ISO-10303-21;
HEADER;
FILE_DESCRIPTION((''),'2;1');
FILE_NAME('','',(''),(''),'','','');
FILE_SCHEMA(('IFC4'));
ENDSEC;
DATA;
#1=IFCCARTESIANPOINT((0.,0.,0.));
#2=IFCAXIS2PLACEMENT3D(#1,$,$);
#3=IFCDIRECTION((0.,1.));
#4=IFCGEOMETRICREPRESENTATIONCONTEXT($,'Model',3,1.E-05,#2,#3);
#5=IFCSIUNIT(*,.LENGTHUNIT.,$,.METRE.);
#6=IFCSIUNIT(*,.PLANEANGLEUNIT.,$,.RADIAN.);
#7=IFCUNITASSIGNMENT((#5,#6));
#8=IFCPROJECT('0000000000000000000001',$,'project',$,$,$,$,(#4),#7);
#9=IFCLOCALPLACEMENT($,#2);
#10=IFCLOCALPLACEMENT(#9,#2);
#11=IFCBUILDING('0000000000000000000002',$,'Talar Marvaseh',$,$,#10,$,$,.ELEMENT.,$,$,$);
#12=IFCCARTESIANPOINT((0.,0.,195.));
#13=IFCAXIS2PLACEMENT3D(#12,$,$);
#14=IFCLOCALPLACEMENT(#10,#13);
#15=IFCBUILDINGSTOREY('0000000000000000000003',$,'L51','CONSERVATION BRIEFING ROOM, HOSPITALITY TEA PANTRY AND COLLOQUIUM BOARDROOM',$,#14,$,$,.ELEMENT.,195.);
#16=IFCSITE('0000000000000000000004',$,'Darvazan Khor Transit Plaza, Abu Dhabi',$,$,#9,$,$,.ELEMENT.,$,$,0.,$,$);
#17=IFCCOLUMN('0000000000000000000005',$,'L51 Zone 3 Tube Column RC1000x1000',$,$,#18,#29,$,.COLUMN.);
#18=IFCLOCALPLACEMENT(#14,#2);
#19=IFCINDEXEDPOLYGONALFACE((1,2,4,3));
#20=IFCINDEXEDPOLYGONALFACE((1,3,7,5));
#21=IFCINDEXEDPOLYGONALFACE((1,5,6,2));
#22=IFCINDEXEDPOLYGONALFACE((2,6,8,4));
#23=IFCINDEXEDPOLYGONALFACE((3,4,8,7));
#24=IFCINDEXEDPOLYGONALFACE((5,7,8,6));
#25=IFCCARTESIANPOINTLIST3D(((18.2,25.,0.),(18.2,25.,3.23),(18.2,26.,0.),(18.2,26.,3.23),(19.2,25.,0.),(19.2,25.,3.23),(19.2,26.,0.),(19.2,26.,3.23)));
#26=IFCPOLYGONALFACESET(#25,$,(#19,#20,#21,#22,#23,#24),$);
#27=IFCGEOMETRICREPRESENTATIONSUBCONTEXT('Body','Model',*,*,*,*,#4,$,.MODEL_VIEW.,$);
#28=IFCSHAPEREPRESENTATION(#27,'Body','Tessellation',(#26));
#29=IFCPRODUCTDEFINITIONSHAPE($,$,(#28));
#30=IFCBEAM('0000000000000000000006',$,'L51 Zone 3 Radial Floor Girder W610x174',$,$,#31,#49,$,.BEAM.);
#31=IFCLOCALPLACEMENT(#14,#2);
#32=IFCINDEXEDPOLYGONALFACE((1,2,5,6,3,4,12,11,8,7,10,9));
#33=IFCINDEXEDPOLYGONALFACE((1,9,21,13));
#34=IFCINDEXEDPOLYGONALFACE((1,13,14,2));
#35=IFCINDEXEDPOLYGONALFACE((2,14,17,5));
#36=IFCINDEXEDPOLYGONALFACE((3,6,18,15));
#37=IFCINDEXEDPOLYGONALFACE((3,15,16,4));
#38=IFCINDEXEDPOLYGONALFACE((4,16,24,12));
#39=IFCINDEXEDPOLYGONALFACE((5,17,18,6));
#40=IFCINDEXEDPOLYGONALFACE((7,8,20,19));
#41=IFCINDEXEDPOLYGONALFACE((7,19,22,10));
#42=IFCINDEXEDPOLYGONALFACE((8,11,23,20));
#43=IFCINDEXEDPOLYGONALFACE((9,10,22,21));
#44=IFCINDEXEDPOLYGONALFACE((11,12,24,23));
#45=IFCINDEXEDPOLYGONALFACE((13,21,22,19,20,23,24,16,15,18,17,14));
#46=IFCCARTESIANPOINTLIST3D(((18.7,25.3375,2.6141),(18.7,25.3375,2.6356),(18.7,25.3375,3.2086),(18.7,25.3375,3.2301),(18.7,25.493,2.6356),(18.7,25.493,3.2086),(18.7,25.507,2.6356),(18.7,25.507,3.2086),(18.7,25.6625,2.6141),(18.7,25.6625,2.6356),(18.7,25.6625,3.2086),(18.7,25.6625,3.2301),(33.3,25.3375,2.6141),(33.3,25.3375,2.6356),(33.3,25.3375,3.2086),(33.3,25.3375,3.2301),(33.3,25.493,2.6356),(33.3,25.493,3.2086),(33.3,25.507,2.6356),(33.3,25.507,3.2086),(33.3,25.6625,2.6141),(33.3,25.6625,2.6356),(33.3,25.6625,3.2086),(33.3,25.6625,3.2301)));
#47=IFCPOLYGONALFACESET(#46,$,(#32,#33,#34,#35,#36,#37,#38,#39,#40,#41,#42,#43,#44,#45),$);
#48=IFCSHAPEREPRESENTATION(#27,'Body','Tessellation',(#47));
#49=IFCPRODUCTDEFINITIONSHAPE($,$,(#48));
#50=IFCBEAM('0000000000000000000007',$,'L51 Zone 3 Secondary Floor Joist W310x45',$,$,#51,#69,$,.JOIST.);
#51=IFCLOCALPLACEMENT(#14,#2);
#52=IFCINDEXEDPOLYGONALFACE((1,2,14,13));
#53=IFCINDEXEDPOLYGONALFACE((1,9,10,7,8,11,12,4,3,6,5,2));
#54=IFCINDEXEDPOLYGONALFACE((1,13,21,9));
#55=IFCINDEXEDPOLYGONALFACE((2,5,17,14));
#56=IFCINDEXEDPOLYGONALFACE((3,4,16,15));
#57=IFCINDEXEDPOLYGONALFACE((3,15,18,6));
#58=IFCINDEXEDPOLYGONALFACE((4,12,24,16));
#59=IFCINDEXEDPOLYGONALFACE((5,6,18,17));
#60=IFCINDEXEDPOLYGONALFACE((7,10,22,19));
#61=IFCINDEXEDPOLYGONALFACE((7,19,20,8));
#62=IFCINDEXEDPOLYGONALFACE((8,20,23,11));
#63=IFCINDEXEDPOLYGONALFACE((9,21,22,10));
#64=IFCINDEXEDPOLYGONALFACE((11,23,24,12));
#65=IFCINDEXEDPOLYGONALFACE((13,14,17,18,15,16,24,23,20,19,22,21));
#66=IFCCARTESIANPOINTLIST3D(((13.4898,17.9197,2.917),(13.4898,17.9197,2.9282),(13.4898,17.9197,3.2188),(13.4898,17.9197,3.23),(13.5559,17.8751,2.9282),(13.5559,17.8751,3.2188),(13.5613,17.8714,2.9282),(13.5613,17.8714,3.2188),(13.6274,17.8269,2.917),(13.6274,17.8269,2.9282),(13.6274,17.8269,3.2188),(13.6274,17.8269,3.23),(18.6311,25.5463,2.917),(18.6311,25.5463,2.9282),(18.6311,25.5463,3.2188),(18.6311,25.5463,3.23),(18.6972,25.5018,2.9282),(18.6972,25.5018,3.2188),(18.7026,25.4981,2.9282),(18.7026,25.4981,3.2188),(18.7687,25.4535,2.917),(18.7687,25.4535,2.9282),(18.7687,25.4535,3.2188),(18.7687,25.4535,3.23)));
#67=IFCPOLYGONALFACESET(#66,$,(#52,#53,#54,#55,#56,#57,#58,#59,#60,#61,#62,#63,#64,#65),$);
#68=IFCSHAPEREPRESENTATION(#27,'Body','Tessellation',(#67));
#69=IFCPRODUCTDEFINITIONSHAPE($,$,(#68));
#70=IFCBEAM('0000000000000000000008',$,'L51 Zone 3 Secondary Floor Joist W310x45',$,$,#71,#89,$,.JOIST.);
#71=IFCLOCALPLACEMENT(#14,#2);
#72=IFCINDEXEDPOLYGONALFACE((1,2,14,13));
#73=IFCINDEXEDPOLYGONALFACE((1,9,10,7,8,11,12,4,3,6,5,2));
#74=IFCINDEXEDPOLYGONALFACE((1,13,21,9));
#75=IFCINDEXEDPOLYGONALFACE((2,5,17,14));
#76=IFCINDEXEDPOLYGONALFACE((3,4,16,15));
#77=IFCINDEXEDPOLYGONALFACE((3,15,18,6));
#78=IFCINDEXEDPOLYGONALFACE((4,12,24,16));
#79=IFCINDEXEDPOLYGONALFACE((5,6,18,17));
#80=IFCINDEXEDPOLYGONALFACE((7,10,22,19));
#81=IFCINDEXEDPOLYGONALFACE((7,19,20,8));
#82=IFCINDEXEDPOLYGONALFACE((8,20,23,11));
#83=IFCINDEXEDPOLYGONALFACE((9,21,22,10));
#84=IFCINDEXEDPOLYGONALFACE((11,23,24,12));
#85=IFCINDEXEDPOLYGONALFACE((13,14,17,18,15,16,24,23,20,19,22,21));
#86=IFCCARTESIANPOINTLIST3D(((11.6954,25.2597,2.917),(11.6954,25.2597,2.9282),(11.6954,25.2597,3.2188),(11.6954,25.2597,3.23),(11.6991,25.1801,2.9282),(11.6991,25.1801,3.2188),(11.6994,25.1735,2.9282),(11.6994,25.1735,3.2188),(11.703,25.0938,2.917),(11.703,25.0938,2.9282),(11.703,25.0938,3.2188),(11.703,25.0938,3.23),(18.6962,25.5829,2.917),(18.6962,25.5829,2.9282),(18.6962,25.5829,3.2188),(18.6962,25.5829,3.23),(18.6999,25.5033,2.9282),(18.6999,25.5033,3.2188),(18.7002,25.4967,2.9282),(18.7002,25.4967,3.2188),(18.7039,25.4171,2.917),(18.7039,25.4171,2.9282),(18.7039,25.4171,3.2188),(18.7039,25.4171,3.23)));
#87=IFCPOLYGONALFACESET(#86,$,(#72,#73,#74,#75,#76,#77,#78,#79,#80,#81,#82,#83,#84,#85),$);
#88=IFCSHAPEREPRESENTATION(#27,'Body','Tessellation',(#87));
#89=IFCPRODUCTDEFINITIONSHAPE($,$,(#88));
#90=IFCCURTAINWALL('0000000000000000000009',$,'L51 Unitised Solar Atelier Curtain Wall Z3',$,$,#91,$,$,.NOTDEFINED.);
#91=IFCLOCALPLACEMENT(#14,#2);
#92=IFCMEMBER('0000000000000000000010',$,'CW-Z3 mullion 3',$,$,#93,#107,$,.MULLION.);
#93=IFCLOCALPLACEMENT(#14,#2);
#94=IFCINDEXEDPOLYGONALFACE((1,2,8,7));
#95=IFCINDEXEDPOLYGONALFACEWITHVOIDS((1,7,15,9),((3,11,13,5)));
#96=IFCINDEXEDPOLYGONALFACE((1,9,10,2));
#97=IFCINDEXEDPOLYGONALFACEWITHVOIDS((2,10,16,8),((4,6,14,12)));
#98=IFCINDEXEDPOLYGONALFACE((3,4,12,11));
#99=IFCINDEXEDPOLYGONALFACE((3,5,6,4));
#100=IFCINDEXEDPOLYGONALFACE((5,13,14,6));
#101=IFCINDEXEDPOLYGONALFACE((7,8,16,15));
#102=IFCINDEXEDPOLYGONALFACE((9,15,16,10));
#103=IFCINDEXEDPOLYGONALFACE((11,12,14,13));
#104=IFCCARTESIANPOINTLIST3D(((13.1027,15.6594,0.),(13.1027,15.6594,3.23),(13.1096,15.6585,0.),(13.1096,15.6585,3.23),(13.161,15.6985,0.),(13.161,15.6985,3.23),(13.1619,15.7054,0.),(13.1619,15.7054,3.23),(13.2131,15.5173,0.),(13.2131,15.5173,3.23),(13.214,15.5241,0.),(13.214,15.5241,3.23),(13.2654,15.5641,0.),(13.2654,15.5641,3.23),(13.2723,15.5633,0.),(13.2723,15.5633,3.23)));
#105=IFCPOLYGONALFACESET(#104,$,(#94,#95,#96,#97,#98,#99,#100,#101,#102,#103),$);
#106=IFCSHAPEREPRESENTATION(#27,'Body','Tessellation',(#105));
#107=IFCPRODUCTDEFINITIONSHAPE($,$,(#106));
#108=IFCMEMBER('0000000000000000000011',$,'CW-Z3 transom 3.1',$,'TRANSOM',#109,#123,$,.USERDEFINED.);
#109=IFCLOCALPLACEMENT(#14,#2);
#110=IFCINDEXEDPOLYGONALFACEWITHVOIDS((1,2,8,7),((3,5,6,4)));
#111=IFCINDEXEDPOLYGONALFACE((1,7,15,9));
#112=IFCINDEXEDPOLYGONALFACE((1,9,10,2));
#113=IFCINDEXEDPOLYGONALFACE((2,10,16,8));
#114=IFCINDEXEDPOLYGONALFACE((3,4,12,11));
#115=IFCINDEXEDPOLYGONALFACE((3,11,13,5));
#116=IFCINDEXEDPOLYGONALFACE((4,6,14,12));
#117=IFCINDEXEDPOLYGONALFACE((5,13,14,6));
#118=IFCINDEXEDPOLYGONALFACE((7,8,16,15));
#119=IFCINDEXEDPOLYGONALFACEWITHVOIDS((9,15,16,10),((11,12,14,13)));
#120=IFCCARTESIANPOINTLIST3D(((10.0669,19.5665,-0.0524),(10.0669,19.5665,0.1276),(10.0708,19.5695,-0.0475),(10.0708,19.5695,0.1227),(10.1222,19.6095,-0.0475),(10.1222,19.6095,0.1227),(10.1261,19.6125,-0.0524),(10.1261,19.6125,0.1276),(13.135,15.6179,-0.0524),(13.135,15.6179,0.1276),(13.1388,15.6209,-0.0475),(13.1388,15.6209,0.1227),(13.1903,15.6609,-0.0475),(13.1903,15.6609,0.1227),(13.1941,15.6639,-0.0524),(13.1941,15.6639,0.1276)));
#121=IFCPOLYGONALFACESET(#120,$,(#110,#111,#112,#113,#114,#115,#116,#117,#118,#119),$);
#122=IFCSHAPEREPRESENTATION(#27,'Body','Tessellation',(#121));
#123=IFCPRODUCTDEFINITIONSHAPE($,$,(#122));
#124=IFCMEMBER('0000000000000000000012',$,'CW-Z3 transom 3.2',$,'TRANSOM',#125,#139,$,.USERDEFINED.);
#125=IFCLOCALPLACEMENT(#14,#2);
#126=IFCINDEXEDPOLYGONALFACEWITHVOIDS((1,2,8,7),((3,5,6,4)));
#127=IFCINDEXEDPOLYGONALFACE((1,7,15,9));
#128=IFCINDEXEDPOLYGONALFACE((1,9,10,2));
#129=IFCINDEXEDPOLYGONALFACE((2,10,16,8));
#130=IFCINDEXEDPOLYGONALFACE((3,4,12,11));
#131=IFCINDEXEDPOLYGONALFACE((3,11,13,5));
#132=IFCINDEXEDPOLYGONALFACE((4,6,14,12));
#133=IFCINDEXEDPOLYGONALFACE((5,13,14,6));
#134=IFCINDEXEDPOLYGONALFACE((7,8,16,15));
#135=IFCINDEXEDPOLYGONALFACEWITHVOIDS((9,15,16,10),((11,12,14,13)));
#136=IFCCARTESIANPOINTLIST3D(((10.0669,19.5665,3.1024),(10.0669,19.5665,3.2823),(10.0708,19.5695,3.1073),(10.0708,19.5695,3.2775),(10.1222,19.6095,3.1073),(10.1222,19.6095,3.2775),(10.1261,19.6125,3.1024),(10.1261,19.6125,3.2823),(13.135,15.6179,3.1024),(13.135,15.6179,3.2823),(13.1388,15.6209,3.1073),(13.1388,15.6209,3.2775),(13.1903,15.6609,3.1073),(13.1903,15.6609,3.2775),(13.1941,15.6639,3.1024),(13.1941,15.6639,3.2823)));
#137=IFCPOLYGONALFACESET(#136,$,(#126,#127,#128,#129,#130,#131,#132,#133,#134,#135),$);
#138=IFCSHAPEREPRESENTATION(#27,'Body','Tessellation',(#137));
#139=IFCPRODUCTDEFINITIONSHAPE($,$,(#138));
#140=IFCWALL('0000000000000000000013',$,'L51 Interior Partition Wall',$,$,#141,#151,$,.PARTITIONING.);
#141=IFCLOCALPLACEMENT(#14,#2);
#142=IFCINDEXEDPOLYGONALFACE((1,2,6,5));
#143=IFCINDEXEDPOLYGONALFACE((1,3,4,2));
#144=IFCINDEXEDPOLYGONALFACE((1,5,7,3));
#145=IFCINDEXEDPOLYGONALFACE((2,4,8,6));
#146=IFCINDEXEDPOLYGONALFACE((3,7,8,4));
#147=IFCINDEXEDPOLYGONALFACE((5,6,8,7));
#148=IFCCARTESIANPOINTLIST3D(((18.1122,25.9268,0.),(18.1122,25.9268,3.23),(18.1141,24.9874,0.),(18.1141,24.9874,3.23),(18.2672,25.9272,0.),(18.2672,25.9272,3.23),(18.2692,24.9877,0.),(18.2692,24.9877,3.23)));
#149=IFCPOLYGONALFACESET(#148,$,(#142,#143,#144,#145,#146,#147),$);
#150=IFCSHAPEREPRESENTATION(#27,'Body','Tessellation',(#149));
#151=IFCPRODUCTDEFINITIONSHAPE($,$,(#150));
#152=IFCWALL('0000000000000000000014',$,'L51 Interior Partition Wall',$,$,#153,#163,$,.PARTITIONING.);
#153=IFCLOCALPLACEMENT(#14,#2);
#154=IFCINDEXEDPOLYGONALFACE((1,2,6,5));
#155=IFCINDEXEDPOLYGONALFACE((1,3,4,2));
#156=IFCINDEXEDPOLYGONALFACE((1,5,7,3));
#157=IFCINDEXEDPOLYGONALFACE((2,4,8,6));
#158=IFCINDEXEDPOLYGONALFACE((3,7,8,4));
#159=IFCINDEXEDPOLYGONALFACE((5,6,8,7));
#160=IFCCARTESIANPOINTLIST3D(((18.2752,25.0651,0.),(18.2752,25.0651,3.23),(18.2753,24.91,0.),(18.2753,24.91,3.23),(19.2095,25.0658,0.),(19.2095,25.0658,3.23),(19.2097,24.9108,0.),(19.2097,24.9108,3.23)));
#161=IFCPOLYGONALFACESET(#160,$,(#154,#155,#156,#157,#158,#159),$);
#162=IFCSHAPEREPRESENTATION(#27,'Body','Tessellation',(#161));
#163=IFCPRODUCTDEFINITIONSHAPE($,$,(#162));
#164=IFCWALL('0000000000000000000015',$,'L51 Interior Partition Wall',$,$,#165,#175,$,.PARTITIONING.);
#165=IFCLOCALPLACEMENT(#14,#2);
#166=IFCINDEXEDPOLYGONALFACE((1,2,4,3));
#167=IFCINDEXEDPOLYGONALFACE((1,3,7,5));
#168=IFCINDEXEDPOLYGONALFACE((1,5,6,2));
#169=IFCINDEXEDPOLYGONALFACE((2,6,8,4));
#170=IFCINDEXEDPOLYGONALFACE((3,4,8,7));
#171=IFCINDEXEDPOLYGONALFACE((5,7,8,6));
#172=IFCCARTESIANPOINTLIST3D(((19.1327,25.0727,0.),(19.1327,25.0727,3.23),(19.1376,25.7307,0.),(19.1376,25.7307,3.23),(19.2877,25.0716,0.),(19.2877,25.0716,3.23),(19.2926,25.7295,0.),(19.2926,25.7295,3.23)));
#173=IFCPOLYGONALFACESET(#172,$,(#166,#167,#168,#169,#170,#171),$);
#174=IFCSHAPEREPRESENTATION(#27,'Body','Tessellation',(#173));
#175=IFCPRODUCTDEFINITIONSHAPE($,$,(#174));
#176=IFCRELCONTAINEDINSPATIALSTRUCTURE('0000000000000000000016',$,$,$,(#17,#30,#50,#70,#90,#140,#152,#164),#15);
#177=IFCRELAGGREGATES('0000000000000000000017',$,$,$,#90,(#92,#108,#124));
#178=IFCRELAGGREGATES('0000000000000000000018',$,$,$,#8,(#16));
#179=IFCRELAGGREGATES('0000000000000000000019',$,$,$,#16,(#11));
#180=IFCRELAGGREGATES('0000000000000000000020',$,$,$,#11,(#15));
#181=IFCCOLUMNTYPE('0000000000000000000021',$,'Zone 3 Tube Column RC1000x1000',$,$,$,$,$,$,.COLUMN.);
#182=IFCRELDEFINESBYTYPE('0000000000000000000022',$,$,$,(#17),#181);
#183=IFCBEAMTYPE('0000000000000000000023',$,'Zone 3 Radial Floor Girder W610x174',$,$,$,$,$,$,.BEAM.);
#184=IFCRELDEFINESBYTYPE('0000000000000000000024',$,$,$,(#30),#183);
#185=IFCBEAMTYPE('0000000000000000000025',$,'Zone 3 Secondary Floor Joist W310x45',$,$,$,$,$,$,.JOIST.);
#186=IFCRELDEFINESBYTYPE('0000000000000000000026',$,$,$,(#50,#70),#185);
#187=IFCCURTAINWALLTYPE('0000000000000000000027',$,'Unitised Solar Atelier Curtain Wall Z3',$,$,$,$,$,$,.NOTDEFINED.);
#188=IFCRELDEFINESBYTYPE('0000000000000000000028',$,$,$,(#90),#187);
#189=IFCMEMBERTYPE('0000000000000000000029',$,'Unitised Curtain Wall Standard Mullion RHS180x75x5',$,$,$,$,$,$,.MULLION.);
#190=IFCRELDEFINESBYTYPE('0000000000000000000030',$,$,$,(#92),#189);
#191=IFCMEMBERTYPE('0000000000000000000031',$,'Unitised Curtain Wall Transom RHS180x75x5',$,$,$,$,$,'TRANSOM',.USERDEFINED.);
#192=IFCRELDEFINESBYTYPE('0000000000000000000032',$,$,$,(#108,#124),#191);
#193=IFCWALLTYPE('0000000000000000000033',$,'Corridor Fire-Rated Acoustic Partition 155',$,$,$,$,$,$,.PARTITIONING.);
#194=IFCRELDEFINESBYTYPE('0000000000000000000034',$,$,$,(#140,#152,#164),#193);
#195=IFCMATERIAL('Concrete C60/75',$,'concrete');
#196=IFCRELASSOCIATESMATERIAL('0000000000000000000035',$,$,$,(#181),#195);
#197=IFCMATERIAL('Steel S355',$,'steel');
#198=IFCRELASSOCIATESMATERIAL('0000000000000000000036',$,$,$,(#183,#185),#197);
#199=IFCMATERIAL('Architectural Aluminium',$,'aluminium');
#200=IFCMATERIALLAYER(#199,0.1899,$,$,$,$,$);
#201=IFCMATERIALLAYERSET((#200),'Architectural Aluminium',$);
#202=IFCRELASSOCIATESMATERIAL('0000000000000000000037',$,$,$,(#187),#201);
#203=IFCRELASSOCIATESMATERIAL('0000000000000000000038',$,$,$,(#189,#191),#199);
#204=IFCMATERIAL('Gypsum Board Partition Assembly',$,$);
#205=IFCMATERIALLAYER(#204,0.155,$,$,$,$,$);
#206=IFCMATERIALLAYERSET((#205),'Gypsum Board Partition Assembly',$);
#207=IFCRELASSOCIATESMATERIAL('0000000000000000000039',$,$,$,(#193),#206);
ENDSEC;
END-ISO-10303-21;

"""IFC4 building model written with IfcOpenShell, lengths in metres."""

from ifc_helpers import new_model, si_unit, direction, frame, frame_2d, origin, origin_2d, place, context, subcontext, project, spatial, rectangle, hollow_rectangle, i_section, extrude, source, transform, mapped, material, layer, layer_set, material_profile, profile_set, type_object, type_shapes, element, aggregate, save


model = new_model("IFC4")

# Units and contexts
model_context = context("Model", 3, precision=1e-05, world=origin(), true_north=direction((0.0, 1.0)))
body_context = subcontext(model_context, "Body", "Model", "MODEL_VIEW")
ifc_project = project(units=[si_unit("LENGTHUNIT", "METRE"), si_unit("PLANEANGLEUNIT", "RADIAN")], contexts=[model_context])

# Site, building, storey
site_placement = place(None, origin())
site = spatial("IfcSite", under=ifc_project, at=site_placement, Name="Darvazan Khor Transit Plaza, Abu Dhabi", CompositionType="ELEMENT", RefElevation=0.0)
building_placement = place(site_placement, origin())
building = spatial("IfcBuilding", under=site, at=building_placement, Name="Talar Marvaseh", CompositionType="ELEMENT")
storey_placement = place(building_placement, frame((0.0, 0.0, 195.0)))
storey = spatial("IfcBuildingStorey", under=building, at=storey_placement, Name="L51", Description="CONSERVATION BRIEFING ROOM, HOSPITALITY TEA PANTRY AND COLLOQUIUM BOARDROOM", CompositionType="ELEMENT", Elevation=195.0)

# Column
ifc_material_1 = material(Name="Concrete C60/75", Category="concrete")
ifc_material_profile_1 = material_profile(ifc_material_1, rectangle(XDim=1.0, YDim=1.0, at=origin_2d()), Name="RC1000x1000")
ifc_profile_set_1 = profile_set([ifc_material_profile_1], Name="Concrete C60/75")
column_type = type_object("IfcColumnType", Name="Zone 3 Tube Column RC1000x1000", PredefinedType="COLUMN", material=ifc_profile_set_1)
column_placement = place(storey_placement, frame((18.7, 25.5, 0.0), z_axis=(0.0, 0.0, 1.0), x_axis=(1.0, 0.0, 0.0)))
element("IfcColumn", 1, at=column_placement, inside=storey, type_object=column_type, Name="L51 Zone 3 Tube Column RC1000x1000", PredefinedType="COLUMN", context=body_context, shape_type="SweptSolid", body=[
    extrude(rectangle(XDim=1.0, YDim=1.0, at=origin_2d()), origin(), (0.0, 0.0, 1.0), 3.23),
])

# Beams
ifc_material_2 = material(Name="Steel S355", Category="steel")
ifc_material_profile_2 = material_profile(ifc_material_2, i_section(OverallWidth=0.325, OverallDepth=0.616, WebThickness=0.0139, FlangeThickness=0.0215, at=origin_2d()), Name="W610x174")
ifc_profile_set_2 = profile_set([ifc_material_profile_2], Name="Steel S355")
beam_type_1 = type_object("IfcBeamType", Name="Zone 3 Radial Floor Girder W610x174", PredefinedType="BEAM", material=ifc_profile_set_2)
beam_1_placement = place(storey_placement, frame((18.7, 25.5, 2.9221), z_axis=(1.0, 0.0, 0.0), x_axis=(0.0, 1.0, 0.0)))
element("IfcBeam", 2, at=beam_1_placement, inside=storey, type_object=beam_type_1, Name="L51 Zone 3 Radial Floor Girder W610x174", PredefinedType="BEAM", context=body_context, shape_type="SweptSolid", body=[
    extrude(i_section(OverallWidth=0.325, OverallDepth=0.616, WebThickness=0.0139, FlangeThickness=0.0215, at=origin_2d()), origin(), (0.0, 0.0, 1.0), 14.6001),
])
ifc_material_profile_3 = material_profile(ifc_material_2, i_section(OverallWidth=0.166, OverallDepth=0.313, WebThickness=0.0066, FlangeThickness=0.0112, at=origin_2d()), Name="W310x45")
ifc_profile_set_3 = profile_set([ifc_material_profile_3], Name="Steel S355")
beam_type_2 = type_object("IfcBeamType", Name="Zone 3 Secondary Floor Joist W310x45", PredefinedType="JOIST", material=ifc_profile_set_3)
beam_2_placement = place(storey_placement, frame((13.5586, 17.8733, 3.0735), z_axis=(0.558974, 0.829185, 0.0), x_axis=(-0.829185, 0.558974, 0.0)))
element("IfcBeam", 3, at=beam_2_placement, inside=storey, type_object=beam_type_2, Name="L51 Zone 3 Secondary Floor Joist W310x45", PredefinedType="JOIST", context=body_context, shape_type="SweptSolid", body=[
    extrude(i_section(OverallWidth=0.166, OverallDepth=0.313, WebThickness=0.0066, FlangeThickness=0.0112, at=origin_2d()), origin(), (0.0, 0.0, 1.0), 9.1978),
])
beam_3_placement = place(storey_placement, frame((11.6992, 25.1768, 3.0735), z_axis=(0.998936, 0.046123, 0.0), x_axis=(-0.046123, 0.998936, 0.0)))
element("IfcBeam", 4, at=beam_3_placement, inside=storey, type_object=beam_type_2, Name="L51 Zone 3 Secondary Floor Joist W310x45", PredefinedType="JOIST", context=body_context, shape_type="SweptSolid", body=[
    extrude(i_section(OverallWidth=0.166, OverallDepth=0.313, WebThickness=0.0066, FlangeThickness=0.0112, at=origin_2d()), origin(), (0.0, 0.0, 1.0), 7.0083),
])

# Curtain wall, members
ifc_material_3 = material(Name="Architectural Aluminium", Category="aluminium")
ifc_layer_1 = layer(ifc_material_3, 0.1899)
ifc_layer_set_1 = layer_set([ifc_layer_1], Name="Architectural Aluminium")
curtain_wall_type = type_object("IfcCurtainWallType", Name="Unitised Solar Atelier Curtain Wall Z3", PredefinedType="NOTDEFINED", material=ifc_layer_set_1)
curtain_wall_placement = place(storey_placement, origin())
curtain_wall = element("IfcCurtainWall", 5, at=curtain_wall_placement, inside=storey, type_object=curtain_wall_type, Name="L51 Unitised Solar Atelier Curtain Wall Z3", PredefinedType="NOTDEFINED")
ifc_material_profile_4 = material_profile(ifc_material_3, hollow_rectangle(XDim=0.075, YDim=0.1799, WallThickness=0.0049, at=origin_2d()), Name="RHS180x75x5")
ifc_profile_set_4 = profile_set([ifc_material_profile_4], Name="Architectural Aluminium")
member_type_1 = type_object("IfcMemberType", Name="Unitised Curtain Wall Standard Mullion RHS180x75x5", PredefinedType="MULLION", material=ifc_profile_set_4)
shared_shape_1 = source(origin(), body_context, "Body", "SweptSolid", [
    extrude(hollow_rectangle(XDim=0.075, YDim=0.1799, WallThickness=0.0049, at=origin_2d()), origin(), (0.0, 0.0, 1.0), 3.23),
])
type_shapes(member_type_1, [shared_shape_1])
member_1_placement = place(storey_placement, frame((13.1875, 15.6113, 0.0), z_axis=(0.0, 0.0, 1.0), x_axis=(-0.789661, -0.613543, 0.0)))
member_1 = element("IfcMember", 6, at=member_1_placement, type_object=member_type_1, Name="CW-Z3 mullion 3", PredefinedType="MULLION", context=body_context, shape_type="MappedRepresentation", body=[
    mapped(shared_shape_1, transform((0.0, 0.0, 0.0), x_axis=(1.0, 0.0, 0.0), y_axis=(0.0, 1.0, 0.0), z_axis=(0.0, 0.0, 1.0), scale=1.0)),
])
ifc_material_profile_5 = material_profile(ifc_material_3, hollow_rectangle(XDim=0.075, YDim=0.1799, WallThickness=0.0049, at=origin_2d()), Name="RHS180x75x5")
ifc_profile_set_5 = profile_set([ifc_material_profile_5], Name="Architectural Aluminium")
member_type_2 = type_object("IfcMemberType", Name="Unitised Curtain Wall Transom RHS180x75x5", ElementType="TRANSOM", PredefinedType="USERDEFINED", material=ifc_profile_set_5)
shared_shape_2 = source(origin(), body_context, "Body", "SweptSolid", [
    extrude(hollow_rectangle(XDim=0.075, YDim=0.1799, WallThickness=0.0049, at=origin_2d()), origin(), (0.0, 0.0, 1.0), 5.0005),
])
type_shapes(member_type_2, [shared_shape_2])
member_2_placement = place(storey_placement, frame((13.1646, 15.6409, 0.0376), z_axis=(-0.613552, 0.789654, 0.0), x_axis=(-0.789654, -0.613552, 0.0)))
member_2 = element("IfcMember", 7, at=member_2_placement, type_object=member_type_2, Name="CW-Z3 transom 3.1", ObjectType="TRANSOM", PredefinedType="USERDEFINED", context=body_context, shape_type="MappedRepresentation", body=[
    mapped(shared_shape_2, transform((0.0, 0.0, 0.0), x_axis=(1.0, 0.0, 0.0), y_axis=(0.0, 1.0, 0.0), z_axis=(0.0, 0.0, 1.0), scale=1.0)),
])
member_3_placement = place(storey_placement, frame((13.1646, 15.6409, 3.1924), z_axis=(-0.613552, 0.789654, 0.0), x_axis=(-0.789654, -0.613552, 0.0)))
member_3 = element("IfcMember", 8, at=member_3_placement, type_object=member_type_2, Name="CW-Z3 transom 3.2", ObjectType="TRANSOM", PredefinedType="USERDEFINED", context=body_context, shape_type="MappedRepresentation", body=[
    mapped(shared_shape_2, transform((0.0, 0.0, 0.0), x_axis=(1.0, 0.0, 0.0), y_axis=(0.0, 1.0, 0.0), z_axis=(0.0, 0.0, 1.0), scale=1.0)),
])
aggregate(curtain_wall, [member_1, member_2, member_3])

# Shared definitions
ifc_material_4 = material(Name="Gypsum Board Partition Assembly")
ifc_layer_2 = layer(ifc_material_4, 0.155)
ifc_layer_set_2 = layer_set([ifc_layer_2], Name="Gypsum Board Partition Assembly")
wall_type_1 = type_object("IfcWallType", Name="Corridor Fire-Rated Acoustic Partition 155", PredefinedType="PARTITIONING", material=ifc_layer_set_2)

# Walls
wall_1_placement = place(storey_placement, frame((18.1897, 25.927, 0.0), z_axis=(0.0, 0.0, 1.0), x_axis=(0.002079, -0.999998, 0.0)))
element("IfcWall", 9, at=wall_1_placement, inside=storey, type_object=wall_type_1, Name="L51 Interior Partition Wall", PredefinedType="PARTITIONING", context=body_context, shape_type="SweptSolid", body=[
    extrude(rectangle(XDim=0.9395, YDim=0.155, at=frame_2d((0.4697, 0.0))), origin(), (0.0, 0.0, 1.0), 3.23),
])
wall_2_placement = place(storey_placement, frame((18.2751, 24.9875, 0.0), z_axis=(0.0, 0.0, 1.0), x_axis=(1.0, 0.000784, 0.0)))
element("IfcWall", 10, at=wall_2_placement, inside=storey, type_object=wall_type_1, Name="L51 Interior Partition Wall", PredefinedType="PARTITIONING", context=body_context, shape_type="SweptSolid", body=[
    extrude(rectangle(XDim=0.9343, YDim=0.155, at=frame_2d((0.4673, 0.0))), origin(), (0.0, 0.0, 1.0), 3.23),
])
wall_3_placement = place(storey_placement, frame((19.2102, 25.072, 0.0), z_axis=(0.0, 0.0, 1.0), x_axis=(0.007421, 0.999972, 0.0)))
element("IfcWall", 11, at=wall_3_placement, inside=storey, type_object=wall_type_1, Name="L51 Interior Partition Wall", PredefinedType="PARTITIONING", context=body_context, shape_type="SweptSolid", body=[
    extrude(rectangle(XDim=0.658, YDim=0.155, at=frame_2d((0.3291, 0.0))), origin(), (0.0, 0.0, 1.0), 3.23),
])

save(model, "model.ifc")
